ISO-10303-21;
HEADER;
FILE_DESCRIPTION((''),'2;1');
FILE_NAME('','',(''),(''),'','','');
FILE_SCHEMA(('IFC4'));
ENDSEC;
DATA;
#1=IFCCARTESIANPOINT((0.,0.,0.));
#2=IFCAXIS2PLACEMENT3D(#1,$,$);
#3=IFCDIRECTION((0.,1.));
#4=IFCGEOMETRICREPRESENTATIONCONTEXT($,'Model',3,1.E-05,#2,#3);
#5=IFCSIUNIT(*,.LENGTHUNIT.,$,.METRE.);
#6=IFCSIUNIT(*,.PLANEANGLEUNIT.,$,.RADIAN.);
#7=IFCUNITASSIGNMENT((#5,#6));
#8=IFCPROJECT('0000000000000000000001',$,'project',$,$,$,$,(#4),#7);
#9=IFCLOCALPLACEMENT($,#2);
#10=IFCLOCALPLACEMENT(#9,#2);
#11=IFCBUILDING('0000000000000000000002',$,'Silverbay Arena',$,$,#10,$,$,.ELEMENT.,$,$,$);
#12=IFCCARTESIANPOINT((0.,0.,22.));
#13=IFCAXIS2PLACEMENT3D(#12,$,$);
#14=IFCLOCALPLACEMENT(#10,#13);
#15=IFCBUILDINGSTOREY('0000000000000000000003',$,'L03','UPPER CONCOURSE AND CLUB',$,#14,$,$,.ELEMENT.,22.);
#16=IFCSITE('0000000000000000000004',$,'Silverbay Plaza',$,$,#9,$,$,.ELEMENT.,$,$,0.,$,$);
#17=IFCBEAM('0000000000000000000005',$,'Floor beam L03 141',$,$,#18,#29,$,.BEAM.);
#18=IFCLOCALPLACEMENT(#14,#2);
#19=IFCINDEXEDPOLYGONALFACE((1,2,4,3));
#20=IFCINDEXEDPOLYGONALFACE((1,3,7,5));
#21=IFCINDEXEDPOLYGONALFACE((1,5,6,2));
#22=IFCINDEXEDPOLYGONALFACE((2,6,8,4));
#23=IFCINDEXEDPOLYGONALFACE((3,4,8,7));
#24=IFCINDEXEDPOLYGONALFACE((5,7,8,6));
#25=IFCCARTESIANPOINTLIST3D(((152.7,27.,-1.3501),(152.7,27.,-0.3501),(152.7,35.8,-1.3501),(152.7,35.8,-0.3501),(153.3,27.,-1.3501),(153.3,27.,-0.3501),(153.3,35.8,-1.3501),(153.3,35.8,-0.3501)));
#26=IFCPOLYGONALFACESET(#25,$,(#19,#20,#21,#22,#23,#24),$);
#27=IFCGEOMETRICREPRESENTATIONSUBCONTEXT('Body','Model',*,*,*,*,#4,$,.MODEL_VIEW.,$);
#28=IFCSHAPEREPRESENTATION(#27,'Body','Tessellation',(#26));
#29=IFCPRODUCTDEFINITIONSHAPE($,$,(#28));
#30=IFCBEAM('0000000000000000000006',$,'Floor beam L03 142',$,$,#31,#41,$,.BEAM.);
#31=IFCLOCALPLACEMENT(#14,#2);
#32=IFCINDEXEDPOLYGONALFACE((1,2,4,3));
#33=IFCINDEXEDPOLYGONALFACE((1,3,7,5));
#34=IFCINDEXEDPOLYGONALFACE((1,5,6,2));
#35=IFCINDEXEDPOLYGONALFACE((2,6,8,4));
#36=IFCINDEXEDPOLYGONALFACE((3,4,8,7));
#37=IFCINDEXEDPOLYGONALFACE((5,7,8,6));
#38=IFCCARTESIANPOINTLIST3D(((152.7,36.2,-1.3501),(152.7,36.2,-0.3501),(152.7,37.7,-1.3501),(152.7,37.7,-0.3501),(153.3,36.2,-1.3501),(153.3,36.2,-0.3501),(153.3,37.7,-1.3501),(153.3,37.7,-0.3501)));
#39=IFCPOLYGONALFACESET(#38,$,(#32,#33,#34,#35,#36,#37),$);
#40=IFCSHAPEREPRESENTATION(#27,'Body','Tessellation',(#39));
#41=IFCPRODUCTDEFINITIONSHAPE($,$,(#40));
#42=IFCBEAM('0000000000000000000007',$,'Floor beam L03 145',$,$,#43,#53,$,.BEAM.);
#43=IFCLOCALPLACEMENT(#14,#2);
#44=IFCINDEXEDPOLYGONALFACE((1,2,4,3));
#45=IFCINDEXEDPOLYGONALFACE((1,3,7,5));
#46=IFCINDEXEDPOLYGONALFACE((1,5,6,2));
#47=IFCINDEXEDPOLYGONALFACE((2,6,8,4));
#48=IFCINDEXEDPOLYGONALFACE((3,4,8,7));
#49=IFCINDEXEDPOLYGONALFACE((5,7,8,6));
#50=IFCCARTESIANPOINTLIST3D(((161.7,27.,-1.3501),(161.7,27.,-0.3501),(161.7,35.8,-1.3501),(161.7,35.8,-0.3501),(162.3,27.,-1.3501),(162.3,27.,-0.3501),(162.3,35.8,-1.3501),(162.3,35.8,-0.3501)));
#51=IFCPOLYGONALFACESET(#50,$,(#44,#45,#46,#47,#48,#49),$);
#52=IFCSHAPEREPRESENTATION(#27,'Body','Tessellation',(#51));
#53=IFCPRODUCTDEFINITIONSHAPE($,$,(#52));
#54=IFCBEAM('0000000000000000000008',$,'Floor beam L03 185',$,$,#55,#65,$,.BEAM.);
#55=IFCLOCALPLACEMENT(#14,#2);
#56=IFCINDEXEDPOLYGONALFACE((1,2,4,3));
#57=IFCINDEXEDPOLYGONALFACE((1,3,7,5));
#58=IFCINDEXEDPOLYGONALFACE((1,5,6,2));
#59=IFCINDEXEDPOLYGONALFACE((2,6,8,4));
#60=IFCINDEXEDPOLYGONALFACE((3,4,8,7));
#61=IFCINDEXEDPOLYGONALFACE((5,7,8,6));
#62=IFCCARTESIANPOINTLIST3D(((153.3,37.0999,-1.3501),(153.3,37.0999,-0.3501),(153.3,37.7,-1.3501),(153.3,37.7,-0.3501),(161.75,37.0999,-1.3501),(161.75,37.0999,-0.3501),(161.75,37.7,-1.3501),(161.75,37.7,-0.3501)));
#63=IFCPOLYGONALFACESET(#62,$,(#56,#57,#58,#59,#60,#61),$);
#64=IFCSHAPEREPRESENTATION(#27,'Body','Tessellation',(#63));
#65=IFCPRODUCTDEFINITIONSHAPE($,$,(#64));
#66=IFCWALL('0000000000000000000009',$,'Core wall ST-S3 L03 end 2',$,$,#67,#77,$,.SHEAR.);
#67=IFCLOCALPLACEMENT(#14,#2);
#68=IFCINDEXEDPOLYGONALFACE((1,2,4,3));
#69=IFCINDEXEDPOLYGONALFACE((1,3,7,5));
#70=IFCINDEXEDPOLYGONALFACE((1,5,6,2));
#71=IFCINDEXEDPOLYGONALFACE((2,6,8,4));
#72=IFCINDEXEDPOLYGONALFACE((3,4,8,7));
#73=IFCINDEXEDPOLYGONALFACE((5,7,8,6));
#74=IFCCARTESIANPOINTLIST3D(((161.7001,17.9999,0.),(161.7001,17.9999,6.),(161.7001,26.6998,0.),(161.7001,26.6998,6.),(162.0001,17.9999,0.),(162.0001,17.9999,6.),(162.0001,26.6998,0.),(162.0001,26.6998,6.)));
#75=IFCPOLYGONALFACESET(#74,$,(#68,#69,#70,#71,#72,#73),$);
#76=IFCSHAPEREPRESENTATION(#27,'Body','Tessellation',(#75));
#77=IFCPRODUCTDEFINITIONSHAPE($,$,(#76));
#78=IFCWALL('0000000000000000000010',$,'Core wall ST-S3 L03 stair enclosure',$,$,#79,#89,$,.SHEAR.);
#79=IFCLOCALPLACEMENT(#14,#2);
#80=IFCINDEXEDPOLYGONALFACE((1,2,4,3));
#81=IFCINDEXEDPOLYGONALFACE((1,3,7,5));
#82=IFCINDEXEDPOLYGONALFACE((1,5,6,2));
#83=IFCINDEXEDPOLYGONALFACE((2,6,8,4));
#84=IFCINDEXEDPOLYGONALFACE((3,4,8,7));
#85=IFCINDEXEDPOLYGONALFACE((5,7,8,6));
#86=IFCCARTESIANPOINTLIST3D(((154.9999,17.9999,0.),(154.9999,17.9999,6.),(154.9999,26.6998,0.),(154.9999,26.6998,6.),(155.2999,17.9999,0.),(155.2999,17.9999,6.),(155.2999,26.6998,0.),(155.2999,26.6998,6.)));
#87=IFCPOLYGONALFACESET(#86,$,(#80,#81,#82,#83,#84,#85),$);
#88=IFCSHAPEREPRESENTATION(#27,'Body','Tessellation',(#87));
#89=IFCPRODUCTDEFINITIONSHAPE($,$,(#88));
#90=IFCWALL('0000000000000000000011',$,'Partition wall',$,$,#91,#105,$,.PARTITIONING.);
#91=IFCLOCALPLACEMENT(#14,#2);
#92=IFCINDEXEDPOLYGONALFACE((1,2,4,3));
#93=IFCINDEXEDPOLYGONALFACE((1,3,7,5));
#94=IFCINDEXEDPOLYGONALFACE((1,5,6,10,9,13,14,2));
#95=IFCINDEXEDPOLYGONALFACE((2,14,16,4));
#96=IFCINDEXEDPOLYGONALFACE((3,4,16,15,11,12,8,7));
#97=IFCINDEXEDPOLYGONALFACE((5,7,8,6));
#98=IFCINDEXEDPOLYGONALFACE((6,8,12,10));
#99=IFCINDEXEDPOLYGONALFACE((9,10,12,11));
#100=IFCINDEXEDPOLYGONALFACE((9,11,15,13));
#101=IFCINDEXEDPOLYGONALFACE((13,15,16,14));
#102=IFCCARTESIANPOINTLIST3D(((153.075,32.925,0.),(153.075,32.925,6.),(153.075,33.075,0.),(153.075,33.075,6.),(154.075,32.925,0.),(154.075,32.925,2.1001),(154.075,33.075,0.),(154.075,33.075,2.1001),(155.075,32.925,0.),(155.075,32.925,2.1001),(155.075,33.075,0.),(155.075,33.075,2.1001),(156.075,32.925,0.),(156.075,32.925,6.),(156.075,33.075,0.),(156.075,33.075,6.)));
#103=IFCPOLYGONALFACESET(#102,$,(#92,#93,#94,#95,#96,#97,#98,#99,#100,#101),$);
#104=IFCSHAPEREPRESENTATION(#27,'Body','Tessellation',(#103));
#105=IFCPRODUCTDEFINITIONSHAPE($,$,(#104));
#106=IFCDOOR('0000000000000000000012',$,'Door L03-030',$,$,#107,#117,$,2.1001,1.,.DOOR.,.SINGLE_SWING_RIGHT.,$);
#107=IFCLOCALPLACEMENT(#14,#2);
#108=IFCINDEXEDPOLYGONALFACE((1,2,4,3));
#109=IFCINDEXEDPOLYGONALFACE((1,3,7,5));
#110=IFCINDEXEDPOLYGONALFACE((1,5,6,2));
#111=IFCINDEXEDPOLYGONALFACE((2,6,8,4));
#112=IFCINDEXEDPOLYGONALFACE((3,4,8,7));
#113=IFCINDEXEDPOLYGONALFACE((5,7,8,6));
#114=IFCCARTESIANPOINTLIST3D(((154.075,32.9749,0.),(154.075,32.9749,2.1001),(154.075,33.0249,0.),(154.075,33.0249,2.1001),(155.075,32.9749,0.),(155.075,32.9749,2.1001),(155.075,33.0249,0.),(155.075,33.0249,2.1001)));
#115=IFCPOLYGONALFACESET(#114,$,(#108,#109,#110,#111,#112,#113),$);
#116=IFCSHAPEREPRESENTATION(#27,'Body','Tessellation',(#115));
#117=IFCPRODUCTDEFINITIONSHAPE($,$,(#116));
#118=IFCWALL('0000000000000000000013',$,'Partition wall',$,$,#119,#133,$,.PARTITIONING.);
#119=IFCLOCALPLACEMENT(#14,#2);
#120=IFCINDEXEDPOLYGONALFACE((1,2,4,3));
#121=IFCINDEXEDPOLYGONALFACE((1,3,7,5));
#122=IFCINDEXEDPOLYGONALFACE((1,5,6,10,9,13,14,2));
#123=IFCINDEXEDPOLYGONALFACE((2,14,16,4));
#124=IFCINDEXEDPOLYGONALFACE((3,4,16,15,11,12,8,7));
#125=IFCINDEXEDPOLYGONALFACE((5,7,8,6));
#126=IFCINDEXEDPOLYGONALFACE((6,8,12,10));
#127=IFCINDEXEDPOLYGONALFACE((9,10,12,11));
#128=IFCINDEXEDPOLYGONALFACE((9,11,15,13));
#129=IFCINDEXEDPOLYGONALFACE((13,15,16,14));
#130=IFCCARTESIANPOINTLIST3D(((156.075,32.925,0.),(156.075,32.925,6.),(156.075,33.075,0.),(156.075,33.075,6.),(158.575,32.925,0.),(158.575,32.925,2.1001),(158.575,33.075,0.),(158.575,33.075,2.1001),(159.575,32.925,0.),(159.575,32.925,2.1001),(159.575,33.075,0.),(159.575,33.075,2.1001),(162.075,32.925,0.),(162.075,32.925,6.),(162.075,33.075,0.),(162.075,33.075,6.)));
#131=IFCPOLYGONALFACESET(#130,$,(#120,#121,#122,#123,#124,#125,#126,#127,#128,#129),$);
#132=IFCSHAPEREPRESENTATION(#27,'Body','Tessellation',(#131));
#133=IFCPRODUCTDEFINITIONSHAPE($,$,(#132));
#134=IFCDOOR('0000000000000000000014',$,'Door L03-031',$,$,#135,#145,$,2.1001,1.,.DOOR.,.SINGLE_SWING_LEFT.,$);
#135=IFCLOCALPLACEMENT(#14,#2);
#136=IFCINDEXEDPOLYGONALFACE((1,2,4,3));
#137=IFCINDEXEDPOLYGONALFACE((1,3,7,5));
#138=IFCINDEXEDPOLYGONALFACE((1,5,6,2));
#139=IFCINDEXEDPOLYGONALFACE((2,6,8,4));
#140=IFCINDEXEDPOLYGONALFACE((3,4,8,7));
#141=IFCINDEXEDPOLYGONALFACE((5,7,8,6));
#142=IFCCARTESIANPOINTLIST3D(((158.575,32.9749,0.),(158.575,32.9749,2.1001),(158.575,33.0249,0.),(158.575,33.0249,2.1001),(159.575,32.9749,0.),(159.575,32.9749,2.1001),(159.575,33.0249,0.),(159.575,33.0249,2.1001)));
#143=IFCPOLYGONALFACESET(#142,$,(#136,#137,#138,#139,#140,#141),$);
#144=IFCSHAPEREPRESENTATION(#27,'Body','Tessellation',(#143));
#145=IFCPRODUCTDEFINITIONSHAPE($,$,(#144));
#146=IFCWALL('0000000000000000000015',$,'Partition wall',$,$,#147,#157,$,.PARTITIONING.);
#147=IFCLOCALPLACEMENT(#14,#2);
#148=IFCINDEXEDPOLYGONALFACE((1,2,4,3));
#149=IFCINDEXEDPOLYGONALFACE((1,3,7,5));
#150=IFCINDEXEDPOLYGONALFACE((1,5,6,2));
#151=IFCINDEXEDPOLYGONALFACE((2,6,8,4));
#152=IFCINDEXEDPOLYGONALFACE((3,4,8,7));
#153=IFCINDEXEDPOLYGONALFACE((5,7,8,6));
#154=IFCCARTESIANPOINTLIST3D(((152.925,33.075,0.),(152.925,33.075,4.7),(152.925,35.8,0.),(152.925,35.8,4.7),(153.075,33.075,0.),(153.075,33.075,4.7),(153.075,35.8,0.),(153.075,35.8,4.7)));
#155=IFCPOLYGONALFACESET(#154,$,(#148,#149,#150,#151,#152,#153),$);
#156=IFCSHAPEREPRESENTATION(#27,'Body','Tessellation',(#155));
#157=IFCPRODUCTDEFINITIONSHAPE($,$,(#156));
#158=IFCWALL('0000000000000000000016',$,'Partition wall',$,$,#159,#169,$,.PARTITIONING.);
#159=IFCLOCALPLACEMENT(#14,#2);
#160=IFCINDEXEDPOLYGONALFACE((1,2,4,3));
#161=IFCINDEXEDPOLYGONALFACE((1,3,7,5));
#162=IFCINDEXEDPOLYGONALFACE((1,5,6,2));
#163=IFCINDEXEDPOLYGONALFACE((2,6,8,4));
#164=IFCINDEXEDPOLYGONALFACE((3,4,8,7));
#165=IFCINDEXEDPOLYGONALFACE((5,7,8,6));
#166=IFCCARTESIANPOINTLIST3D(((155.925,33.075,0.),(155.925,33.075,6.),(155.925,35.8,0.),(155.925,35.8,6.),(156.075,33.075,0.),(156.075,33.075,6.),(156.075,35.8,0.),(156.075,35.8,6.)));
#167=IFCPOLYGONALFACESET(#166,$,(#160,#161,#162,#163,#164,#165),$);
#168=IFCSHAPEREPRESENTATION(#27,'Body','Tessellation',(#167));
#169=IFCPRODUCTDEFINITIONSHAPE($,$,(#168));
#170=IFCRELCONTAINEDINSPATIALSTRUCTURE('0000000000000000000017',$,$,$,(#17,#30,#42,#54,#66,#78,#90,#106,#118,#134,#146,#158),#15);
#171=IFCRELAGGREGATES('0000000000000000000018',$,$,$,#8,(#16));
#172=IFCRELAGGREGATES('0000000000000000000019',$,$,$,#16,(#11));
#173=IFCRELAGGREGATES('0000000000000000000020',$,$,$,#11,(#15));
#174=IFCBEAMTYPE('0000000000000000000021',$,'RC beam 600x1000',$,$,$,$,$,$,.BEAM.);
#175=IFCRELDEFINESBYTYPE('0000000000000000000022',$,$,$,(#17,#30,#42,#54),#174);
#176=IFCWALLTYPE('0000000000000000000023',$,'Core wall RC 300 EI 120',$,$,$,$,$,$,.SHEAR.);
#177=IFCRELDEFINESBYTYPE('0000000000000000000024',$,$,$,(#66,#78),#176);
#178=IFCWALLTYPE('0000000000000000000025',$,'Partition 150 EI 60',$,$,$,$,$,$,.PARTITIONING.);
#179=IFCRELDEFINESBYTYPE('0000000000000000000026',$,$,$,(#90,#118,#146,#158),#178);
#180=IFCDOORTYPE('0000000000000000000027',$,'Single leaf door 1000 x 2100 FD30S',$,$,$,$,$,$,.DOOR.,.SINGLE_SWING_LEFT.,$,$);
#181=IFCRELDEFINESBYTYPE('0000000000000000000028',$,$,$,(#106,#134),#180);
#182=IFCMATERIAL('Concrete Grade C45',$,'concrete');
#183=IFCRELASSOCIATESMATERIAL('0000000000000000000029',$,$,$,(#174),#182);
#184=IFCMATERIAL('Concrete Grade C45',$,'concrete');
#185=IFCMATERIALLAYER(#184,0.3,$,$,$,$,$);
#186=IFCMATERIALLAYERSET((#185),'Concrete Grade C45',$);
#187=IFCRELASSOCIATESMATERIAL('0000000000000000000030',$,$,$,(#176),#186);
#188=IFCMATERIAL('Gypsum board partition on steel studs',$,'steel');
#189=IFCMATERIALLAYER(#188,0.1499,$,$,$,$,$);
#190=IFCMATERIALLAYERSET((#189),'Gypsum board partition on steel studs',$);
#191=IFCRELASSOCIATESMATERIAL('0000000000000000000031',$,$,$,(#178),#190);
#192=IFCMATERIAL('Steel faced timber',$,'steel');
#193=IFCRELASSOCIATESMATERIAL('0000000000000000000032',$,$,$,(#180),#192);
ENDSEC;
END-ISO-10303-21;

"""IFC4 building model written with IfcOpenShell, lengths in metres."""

from ifc_helpers import new_model, si_unit, direction, frame, frame_2d, origin, origin_2d, place, context, subcontext, project, spatial, rectangle, extrude, material, layer, layer_set, material_profile, profile_set, type_object, element, fill, save


model = new_model("IFC4")

# Units and contexts
model_context = context("Model", 3, precision=1e-05, world=origin(), true_north=direction((0.0, 1.0)))
body_context = subcontext(model_context, "Body", "Model", "MODEL_VIEW")
ifc_project = project(units=[si_unit("LENGTHUNIT", "METRE"), si_unit("PLANEANGLEUNIT", "RADIAN")], contexts=[model_context])

# Site, building, storey
site_placement = place(None, origin())
site = spatial("IfcSite", under=ifc_project, at=site_placement, Name="Silverbay Plaza", CompositionType="ELEMENT", RefElevation=0.0)
building_placement = place(site_placement, origin())
building = spatial("IfcBuilding", under=site, at=building_placement, Name="Silverbay Arena", CompositionType="ELEMENT")
storey_placement = place(building_placement, frame((0.0, 0.0, 22.0)))
storey = spatial("IfcBuildingStorey", under=building, at=storey_placement, Name="L03", Description="UPPER CONCOURSE AND CLUB", CompositionType="ELEMENT", Elevation=22.0)

# Beams
ifc_material_1 = material(Name="Concrete Grade C45", Category="concrete")
ifc_material_profile = material_profile(ifc_material_1, rectangle(XDim=0.6001, YDim=1.0, at=origin_2d()), Name="RC 600x1000")
ifc_profile_set = profile_set([ifc_material_profile], Name="Concrete Grade C45")
beam_type = type_object("IfcBeamType", Name="RC beam 600x1000", PredefinedType="BEAM", material=ifc_profile_set)
beam_1_placement = place(storey_placement, frame((153.0, 27.0, -0.8501), z_axis=(0.0, 1.0, 0.0), x_axis=(-1.0, 0.0, 0.0)))
element("IfcBeam", 1, at=beam_1_placement, inside=storey, type_object=beam_type, Name="Floor beam L03 141", PredefinedType="BEAM", context=body_context, shape_type="SweptSolid", body=[
    extrude(rectangle(XDim=0.6001, YDim=1.0, at=origin_2d()), origin(), (0.0, 0.0, 1.0), 8.8),
])
beam_2_placement = place(storey_placement, frame((153.0, 36.2, -0.8501), z_axis=(0.0, 1.0, 0.0), x_axis=(-1.0, 0.0, 0.0)))
element("IfcBeam", 2, at=beam_2_placement, inside=storey, type_object=beam_type, Name="Floor beam L03 142", PredefinedType="BEAM", context=body_context, shape_type="SweptSolid", body=[
    extrude(rectangle(XDim=0.6001, YDim=1.0, at=origin_2d()), origin(), (0.0, 0.0, 1.0), 1.5),
])
beam_3_placement = place(storey_placement, frame((162.0, 27.0, -0.8501), z_axis=(0.0, 1.0, 0.0), x_axis=(-1.0, 0.0, 0.0)))
element("IfcBeam", 3, at=beam_3_placement, inside=storey, type_object=beam_type, Name="Floor beam L03 145", PredefinedType="BEAM", context=body_context, shape_type="SweptSolid", body=[
    extrude(rectangle(XDim=0.6001, YDim=1.0, at=origin_2d()), origin(), (0.0, 0.0, 1.0), 8.8),
])
beam_4_placement = place(storey_placement, frame((153.3, 37.3999, -0.8501), z_axis=(1.0, 0.0, 0.0), x_axis=(0.0, 1.0, 0.0)))
element("IfcBeam", 4, at=beam_4_placement, inside=storey, type_object=beam_type, Name="Floor beam L03 185", PredefinedType="BEAM", context=body_context, shape_type="SweptSolid", body=[
    extrude(rectangle(XDim=0.6001, YDim=1.0, at=origin_2d()), origin(), (0.0, 0.0, 1.0), 8.45),
])

# Walls
ifc_material_2 = material(Name="Concrete Grade C45", Category="concrete")
ifc_layer_1 = layer(ifc_material_2, 0.3)
ifc_layer_set_1 = layer_set([ifc_layer_1], Name="Concrete Grade C45")
wall_type_1 = type_object("IfcWallType", Name="Core wall RC 300 EI 120", PredefinedType="SHEAR", material=ifc_layer_set_1)
for number, where, z_axis, x_axis, name in (
    (5, (161.8501, 26.7, 0.0), (0.0, 0.0, 1.0), (0.0, -1.0, 0.0), "Core wall ST-S3 L03 end 2"),
    (6, (155.1499, 26.7, 0.0), (0.0, 0.0, 1.0), (0.0, -1.0, 0.0), "Core wall ST-S3 L03 stair enclosure"),
):
    element("IfcWall", number, at=place(storey_placement, frame(where, z_axis=z_axis, x_axis=x_axis)), inside=storey, type_object=wall_type_1, Name=name, PredefinedType="SHEAR", context=body_context, shape_type="SweptSolid", body=[
        extrude(rectangle(XDim=8.7, YDim=0.3, at=frame_2d((4.3501, 0.0))), origin(), (0.0, 0.0, 1.0), 6.0),
    ])

# Walls, openings, doors
ifc_material_3 = material(Name="Gypsum board partition on steel studs", Category="steel")
ifc_layer_2 = layer(ifc_material_3, 0.1499)
ifc_layer_set_2 = layer_set([ifc_layer_2], Name="Gypsum board partition on steel studs")
wall_type_2 = type_object("IfcWallType", Name="Partition 150 EI 60", PredefinedType="PARTITIONING", material=ifc_layer_set_2)
wall_1_placement = place(storey_placement, frame((153.075, 33.0, 0.0), z_axis=(0.0, 0.0, 1.0), x_axis=(1.0, 0.0, 0.0)))
wall_1 = element("IfcWall", 7, at=wall_1_placement, inside=storey, type_object=wall_type_2, Name="Partition wall", PredefinedType="PARTITIONING", context=body_context, shape_type="SweptSolid", body=[
    extrude(rectangle(XDim=3.0, YDim=0.1499, at=frame_2d((1.5, 0.0))), origin(), (0.0, 0.0, 1.0), 6.0),
])
opening_1_placement = place(wall_1_placement, frame((1.0, 0.0, 0.0)))
opening_1 = element("IfcOpeningElement", 8, at=opening_1_placement, cuts=wall_1, PredefinedType="OPENING", context=body_context, shape_type="SweptSolid", body=[
    extrude(rectangle(XDim=1.0, YDim=2.1001, at=frame_2d((0.5, 1.05))), frame((0.0, 0.085, 0.0), z_axis=(0.0, -1.0, 0.0), x_axis=(1.0, 0.0, 0.0)), (0.0, 0.0, 1.0), 0.1699),
])
ifc_material_4 = material(Name="Steel faced timber", Category="steel")
door_type = type_object("IfcDoorType", Name="Single leaf door 1000 x 2100 FD30S", OperationType="SINGLE_SWING_LEFT", PredefinedType="DOOR", material=ifc_material_4)
door_1_placement = place(opening_1_placement, origin())
door_1 = element("IfcDoor", 9, at=door_1_placement, inside=storey, type_object=door_type, Name="Door L03-030", OperationType="SINGLE_SWING_RIGHT", OverallHeight=2.1001, OverallWidth=1.0, PredefinedType="DOOR", context=body_context, shape_type="SweptSolid", body=[
    extrude(rectangle(XDim=1.0, YDim=2.1001, at=frame_2d((0.5, 1.05))), frame((0.0, 0.0249, 0.0), z_axis=(0.0, -1.0, 0.0), x_axis=(1.0, 0.0, 0.0)), (0.0, 0.0, 1.0), 0.05),
])
fill(opening_1, door_1)
wall_2_placement = place(storey_placement, frame((156.075, 33.0, 0.0), z_axis=(0.0, 0.0, 1.0), x_axis=(1.0, 0.0, 0.0)))
wall_2 = element("IfcWall", 10, at=wall_2_placement, inside=storey, type_object=wall_type_2, Name="Partition wall", PredefinedType="PARTITIONING", context=body_context, shape_type="SweptSolid", body=[
    extrude(rectangle(XDim=6.0, YDim=0.1499, at=frame_2d((3.0, 0.0))), origin(), (0.0, 0.0, 1.0), 6.0),
])
opening_2_placement = place(wall_2_placement, frame((2.5, 0.0, 0.0)))
opening_2 = element("IfcOpeningElement", 11, at=opening_2_placement, cuts=wall_2, PredefinedType="OPENING", context=body_context, shape_type="SweptSolid", body=[
    extrude(rectangle(XDim=1.0, YDim=2.1001, at=frame_2d((0.5, 1.05))), frame((0.0, 0.085, 0.0), z_axis=(0.0, -1.0, 0.0), x_axis=(1.0, 0.0, 0.0)), (0.0, 0.0, 1.0), 0.1699),
])
door_2_placement = place(opening_2_placement, origin())
door_2 = element("IfcDoor", 12, at=door_2_placement, inside=storey, type_object=door_type, Name="Door L03-031", OperationType="SINGLE_SWING_LEFT", OverallHeight=2.1001, OverallWidth=1.0, PredefinedType="DOOR", context=body_context, shape_type="SweptSolid", body=[
    extrude(rectangle(XDim=1.0, YDim=2.1001, at=frame_2d((0.5, 1.05))), frame((0.0, 0.0249, 0.0), z_axis=(0.0, -1.0, 0.0), x_axis=(1.0, 0.0, 0.0)), (0.0, 0.0, 1.0), 0.05),
])
fill(opening_2, door_2)

# Walls
wall_3_placement = place(storey_placement, frame((153.0, 33.075, 0.0), z_axis=(0.0, 0.0, 1.0), x_axis=(0.0, 1.0, 0.0)))
element("IfcWall", 13, at=wall_3_placement, inside=storey, type_object=wall_type_2, Name="Partition wall", PredefinedType="PARTITIONING", context=body_context, shape_type="SweptSolid", body=[
    extrude(rectangle(XDim=2.7251, YDim=0.1499, at=frame_2d((1.3625, 0.0))), origin(), (0.0, 0.0, 1.0), 4.7),
])
wall_4_placement = place(storey_placement, frame((156.0, 33.075, 0.0), z_axis=(0.0, 0.0, 1.0), x_axis=(0.0, 1.0, 0.0)))
element("IfcWall", 14, at=wall_4_placement, inside=storey, type_object=wall_type_2, Name="Partition wall", PredefinedType="PARTITIONING", context=body_context, shape_type="SweptSolid", body=[
    extrude(rectangle(XDim=2.7251, YDim=0.1499, at=frame_2d((1.3625, 0.0))), origin(), (0.0, 0.0, 1.0), 6.0),
])

save(model, "model.ifc")
